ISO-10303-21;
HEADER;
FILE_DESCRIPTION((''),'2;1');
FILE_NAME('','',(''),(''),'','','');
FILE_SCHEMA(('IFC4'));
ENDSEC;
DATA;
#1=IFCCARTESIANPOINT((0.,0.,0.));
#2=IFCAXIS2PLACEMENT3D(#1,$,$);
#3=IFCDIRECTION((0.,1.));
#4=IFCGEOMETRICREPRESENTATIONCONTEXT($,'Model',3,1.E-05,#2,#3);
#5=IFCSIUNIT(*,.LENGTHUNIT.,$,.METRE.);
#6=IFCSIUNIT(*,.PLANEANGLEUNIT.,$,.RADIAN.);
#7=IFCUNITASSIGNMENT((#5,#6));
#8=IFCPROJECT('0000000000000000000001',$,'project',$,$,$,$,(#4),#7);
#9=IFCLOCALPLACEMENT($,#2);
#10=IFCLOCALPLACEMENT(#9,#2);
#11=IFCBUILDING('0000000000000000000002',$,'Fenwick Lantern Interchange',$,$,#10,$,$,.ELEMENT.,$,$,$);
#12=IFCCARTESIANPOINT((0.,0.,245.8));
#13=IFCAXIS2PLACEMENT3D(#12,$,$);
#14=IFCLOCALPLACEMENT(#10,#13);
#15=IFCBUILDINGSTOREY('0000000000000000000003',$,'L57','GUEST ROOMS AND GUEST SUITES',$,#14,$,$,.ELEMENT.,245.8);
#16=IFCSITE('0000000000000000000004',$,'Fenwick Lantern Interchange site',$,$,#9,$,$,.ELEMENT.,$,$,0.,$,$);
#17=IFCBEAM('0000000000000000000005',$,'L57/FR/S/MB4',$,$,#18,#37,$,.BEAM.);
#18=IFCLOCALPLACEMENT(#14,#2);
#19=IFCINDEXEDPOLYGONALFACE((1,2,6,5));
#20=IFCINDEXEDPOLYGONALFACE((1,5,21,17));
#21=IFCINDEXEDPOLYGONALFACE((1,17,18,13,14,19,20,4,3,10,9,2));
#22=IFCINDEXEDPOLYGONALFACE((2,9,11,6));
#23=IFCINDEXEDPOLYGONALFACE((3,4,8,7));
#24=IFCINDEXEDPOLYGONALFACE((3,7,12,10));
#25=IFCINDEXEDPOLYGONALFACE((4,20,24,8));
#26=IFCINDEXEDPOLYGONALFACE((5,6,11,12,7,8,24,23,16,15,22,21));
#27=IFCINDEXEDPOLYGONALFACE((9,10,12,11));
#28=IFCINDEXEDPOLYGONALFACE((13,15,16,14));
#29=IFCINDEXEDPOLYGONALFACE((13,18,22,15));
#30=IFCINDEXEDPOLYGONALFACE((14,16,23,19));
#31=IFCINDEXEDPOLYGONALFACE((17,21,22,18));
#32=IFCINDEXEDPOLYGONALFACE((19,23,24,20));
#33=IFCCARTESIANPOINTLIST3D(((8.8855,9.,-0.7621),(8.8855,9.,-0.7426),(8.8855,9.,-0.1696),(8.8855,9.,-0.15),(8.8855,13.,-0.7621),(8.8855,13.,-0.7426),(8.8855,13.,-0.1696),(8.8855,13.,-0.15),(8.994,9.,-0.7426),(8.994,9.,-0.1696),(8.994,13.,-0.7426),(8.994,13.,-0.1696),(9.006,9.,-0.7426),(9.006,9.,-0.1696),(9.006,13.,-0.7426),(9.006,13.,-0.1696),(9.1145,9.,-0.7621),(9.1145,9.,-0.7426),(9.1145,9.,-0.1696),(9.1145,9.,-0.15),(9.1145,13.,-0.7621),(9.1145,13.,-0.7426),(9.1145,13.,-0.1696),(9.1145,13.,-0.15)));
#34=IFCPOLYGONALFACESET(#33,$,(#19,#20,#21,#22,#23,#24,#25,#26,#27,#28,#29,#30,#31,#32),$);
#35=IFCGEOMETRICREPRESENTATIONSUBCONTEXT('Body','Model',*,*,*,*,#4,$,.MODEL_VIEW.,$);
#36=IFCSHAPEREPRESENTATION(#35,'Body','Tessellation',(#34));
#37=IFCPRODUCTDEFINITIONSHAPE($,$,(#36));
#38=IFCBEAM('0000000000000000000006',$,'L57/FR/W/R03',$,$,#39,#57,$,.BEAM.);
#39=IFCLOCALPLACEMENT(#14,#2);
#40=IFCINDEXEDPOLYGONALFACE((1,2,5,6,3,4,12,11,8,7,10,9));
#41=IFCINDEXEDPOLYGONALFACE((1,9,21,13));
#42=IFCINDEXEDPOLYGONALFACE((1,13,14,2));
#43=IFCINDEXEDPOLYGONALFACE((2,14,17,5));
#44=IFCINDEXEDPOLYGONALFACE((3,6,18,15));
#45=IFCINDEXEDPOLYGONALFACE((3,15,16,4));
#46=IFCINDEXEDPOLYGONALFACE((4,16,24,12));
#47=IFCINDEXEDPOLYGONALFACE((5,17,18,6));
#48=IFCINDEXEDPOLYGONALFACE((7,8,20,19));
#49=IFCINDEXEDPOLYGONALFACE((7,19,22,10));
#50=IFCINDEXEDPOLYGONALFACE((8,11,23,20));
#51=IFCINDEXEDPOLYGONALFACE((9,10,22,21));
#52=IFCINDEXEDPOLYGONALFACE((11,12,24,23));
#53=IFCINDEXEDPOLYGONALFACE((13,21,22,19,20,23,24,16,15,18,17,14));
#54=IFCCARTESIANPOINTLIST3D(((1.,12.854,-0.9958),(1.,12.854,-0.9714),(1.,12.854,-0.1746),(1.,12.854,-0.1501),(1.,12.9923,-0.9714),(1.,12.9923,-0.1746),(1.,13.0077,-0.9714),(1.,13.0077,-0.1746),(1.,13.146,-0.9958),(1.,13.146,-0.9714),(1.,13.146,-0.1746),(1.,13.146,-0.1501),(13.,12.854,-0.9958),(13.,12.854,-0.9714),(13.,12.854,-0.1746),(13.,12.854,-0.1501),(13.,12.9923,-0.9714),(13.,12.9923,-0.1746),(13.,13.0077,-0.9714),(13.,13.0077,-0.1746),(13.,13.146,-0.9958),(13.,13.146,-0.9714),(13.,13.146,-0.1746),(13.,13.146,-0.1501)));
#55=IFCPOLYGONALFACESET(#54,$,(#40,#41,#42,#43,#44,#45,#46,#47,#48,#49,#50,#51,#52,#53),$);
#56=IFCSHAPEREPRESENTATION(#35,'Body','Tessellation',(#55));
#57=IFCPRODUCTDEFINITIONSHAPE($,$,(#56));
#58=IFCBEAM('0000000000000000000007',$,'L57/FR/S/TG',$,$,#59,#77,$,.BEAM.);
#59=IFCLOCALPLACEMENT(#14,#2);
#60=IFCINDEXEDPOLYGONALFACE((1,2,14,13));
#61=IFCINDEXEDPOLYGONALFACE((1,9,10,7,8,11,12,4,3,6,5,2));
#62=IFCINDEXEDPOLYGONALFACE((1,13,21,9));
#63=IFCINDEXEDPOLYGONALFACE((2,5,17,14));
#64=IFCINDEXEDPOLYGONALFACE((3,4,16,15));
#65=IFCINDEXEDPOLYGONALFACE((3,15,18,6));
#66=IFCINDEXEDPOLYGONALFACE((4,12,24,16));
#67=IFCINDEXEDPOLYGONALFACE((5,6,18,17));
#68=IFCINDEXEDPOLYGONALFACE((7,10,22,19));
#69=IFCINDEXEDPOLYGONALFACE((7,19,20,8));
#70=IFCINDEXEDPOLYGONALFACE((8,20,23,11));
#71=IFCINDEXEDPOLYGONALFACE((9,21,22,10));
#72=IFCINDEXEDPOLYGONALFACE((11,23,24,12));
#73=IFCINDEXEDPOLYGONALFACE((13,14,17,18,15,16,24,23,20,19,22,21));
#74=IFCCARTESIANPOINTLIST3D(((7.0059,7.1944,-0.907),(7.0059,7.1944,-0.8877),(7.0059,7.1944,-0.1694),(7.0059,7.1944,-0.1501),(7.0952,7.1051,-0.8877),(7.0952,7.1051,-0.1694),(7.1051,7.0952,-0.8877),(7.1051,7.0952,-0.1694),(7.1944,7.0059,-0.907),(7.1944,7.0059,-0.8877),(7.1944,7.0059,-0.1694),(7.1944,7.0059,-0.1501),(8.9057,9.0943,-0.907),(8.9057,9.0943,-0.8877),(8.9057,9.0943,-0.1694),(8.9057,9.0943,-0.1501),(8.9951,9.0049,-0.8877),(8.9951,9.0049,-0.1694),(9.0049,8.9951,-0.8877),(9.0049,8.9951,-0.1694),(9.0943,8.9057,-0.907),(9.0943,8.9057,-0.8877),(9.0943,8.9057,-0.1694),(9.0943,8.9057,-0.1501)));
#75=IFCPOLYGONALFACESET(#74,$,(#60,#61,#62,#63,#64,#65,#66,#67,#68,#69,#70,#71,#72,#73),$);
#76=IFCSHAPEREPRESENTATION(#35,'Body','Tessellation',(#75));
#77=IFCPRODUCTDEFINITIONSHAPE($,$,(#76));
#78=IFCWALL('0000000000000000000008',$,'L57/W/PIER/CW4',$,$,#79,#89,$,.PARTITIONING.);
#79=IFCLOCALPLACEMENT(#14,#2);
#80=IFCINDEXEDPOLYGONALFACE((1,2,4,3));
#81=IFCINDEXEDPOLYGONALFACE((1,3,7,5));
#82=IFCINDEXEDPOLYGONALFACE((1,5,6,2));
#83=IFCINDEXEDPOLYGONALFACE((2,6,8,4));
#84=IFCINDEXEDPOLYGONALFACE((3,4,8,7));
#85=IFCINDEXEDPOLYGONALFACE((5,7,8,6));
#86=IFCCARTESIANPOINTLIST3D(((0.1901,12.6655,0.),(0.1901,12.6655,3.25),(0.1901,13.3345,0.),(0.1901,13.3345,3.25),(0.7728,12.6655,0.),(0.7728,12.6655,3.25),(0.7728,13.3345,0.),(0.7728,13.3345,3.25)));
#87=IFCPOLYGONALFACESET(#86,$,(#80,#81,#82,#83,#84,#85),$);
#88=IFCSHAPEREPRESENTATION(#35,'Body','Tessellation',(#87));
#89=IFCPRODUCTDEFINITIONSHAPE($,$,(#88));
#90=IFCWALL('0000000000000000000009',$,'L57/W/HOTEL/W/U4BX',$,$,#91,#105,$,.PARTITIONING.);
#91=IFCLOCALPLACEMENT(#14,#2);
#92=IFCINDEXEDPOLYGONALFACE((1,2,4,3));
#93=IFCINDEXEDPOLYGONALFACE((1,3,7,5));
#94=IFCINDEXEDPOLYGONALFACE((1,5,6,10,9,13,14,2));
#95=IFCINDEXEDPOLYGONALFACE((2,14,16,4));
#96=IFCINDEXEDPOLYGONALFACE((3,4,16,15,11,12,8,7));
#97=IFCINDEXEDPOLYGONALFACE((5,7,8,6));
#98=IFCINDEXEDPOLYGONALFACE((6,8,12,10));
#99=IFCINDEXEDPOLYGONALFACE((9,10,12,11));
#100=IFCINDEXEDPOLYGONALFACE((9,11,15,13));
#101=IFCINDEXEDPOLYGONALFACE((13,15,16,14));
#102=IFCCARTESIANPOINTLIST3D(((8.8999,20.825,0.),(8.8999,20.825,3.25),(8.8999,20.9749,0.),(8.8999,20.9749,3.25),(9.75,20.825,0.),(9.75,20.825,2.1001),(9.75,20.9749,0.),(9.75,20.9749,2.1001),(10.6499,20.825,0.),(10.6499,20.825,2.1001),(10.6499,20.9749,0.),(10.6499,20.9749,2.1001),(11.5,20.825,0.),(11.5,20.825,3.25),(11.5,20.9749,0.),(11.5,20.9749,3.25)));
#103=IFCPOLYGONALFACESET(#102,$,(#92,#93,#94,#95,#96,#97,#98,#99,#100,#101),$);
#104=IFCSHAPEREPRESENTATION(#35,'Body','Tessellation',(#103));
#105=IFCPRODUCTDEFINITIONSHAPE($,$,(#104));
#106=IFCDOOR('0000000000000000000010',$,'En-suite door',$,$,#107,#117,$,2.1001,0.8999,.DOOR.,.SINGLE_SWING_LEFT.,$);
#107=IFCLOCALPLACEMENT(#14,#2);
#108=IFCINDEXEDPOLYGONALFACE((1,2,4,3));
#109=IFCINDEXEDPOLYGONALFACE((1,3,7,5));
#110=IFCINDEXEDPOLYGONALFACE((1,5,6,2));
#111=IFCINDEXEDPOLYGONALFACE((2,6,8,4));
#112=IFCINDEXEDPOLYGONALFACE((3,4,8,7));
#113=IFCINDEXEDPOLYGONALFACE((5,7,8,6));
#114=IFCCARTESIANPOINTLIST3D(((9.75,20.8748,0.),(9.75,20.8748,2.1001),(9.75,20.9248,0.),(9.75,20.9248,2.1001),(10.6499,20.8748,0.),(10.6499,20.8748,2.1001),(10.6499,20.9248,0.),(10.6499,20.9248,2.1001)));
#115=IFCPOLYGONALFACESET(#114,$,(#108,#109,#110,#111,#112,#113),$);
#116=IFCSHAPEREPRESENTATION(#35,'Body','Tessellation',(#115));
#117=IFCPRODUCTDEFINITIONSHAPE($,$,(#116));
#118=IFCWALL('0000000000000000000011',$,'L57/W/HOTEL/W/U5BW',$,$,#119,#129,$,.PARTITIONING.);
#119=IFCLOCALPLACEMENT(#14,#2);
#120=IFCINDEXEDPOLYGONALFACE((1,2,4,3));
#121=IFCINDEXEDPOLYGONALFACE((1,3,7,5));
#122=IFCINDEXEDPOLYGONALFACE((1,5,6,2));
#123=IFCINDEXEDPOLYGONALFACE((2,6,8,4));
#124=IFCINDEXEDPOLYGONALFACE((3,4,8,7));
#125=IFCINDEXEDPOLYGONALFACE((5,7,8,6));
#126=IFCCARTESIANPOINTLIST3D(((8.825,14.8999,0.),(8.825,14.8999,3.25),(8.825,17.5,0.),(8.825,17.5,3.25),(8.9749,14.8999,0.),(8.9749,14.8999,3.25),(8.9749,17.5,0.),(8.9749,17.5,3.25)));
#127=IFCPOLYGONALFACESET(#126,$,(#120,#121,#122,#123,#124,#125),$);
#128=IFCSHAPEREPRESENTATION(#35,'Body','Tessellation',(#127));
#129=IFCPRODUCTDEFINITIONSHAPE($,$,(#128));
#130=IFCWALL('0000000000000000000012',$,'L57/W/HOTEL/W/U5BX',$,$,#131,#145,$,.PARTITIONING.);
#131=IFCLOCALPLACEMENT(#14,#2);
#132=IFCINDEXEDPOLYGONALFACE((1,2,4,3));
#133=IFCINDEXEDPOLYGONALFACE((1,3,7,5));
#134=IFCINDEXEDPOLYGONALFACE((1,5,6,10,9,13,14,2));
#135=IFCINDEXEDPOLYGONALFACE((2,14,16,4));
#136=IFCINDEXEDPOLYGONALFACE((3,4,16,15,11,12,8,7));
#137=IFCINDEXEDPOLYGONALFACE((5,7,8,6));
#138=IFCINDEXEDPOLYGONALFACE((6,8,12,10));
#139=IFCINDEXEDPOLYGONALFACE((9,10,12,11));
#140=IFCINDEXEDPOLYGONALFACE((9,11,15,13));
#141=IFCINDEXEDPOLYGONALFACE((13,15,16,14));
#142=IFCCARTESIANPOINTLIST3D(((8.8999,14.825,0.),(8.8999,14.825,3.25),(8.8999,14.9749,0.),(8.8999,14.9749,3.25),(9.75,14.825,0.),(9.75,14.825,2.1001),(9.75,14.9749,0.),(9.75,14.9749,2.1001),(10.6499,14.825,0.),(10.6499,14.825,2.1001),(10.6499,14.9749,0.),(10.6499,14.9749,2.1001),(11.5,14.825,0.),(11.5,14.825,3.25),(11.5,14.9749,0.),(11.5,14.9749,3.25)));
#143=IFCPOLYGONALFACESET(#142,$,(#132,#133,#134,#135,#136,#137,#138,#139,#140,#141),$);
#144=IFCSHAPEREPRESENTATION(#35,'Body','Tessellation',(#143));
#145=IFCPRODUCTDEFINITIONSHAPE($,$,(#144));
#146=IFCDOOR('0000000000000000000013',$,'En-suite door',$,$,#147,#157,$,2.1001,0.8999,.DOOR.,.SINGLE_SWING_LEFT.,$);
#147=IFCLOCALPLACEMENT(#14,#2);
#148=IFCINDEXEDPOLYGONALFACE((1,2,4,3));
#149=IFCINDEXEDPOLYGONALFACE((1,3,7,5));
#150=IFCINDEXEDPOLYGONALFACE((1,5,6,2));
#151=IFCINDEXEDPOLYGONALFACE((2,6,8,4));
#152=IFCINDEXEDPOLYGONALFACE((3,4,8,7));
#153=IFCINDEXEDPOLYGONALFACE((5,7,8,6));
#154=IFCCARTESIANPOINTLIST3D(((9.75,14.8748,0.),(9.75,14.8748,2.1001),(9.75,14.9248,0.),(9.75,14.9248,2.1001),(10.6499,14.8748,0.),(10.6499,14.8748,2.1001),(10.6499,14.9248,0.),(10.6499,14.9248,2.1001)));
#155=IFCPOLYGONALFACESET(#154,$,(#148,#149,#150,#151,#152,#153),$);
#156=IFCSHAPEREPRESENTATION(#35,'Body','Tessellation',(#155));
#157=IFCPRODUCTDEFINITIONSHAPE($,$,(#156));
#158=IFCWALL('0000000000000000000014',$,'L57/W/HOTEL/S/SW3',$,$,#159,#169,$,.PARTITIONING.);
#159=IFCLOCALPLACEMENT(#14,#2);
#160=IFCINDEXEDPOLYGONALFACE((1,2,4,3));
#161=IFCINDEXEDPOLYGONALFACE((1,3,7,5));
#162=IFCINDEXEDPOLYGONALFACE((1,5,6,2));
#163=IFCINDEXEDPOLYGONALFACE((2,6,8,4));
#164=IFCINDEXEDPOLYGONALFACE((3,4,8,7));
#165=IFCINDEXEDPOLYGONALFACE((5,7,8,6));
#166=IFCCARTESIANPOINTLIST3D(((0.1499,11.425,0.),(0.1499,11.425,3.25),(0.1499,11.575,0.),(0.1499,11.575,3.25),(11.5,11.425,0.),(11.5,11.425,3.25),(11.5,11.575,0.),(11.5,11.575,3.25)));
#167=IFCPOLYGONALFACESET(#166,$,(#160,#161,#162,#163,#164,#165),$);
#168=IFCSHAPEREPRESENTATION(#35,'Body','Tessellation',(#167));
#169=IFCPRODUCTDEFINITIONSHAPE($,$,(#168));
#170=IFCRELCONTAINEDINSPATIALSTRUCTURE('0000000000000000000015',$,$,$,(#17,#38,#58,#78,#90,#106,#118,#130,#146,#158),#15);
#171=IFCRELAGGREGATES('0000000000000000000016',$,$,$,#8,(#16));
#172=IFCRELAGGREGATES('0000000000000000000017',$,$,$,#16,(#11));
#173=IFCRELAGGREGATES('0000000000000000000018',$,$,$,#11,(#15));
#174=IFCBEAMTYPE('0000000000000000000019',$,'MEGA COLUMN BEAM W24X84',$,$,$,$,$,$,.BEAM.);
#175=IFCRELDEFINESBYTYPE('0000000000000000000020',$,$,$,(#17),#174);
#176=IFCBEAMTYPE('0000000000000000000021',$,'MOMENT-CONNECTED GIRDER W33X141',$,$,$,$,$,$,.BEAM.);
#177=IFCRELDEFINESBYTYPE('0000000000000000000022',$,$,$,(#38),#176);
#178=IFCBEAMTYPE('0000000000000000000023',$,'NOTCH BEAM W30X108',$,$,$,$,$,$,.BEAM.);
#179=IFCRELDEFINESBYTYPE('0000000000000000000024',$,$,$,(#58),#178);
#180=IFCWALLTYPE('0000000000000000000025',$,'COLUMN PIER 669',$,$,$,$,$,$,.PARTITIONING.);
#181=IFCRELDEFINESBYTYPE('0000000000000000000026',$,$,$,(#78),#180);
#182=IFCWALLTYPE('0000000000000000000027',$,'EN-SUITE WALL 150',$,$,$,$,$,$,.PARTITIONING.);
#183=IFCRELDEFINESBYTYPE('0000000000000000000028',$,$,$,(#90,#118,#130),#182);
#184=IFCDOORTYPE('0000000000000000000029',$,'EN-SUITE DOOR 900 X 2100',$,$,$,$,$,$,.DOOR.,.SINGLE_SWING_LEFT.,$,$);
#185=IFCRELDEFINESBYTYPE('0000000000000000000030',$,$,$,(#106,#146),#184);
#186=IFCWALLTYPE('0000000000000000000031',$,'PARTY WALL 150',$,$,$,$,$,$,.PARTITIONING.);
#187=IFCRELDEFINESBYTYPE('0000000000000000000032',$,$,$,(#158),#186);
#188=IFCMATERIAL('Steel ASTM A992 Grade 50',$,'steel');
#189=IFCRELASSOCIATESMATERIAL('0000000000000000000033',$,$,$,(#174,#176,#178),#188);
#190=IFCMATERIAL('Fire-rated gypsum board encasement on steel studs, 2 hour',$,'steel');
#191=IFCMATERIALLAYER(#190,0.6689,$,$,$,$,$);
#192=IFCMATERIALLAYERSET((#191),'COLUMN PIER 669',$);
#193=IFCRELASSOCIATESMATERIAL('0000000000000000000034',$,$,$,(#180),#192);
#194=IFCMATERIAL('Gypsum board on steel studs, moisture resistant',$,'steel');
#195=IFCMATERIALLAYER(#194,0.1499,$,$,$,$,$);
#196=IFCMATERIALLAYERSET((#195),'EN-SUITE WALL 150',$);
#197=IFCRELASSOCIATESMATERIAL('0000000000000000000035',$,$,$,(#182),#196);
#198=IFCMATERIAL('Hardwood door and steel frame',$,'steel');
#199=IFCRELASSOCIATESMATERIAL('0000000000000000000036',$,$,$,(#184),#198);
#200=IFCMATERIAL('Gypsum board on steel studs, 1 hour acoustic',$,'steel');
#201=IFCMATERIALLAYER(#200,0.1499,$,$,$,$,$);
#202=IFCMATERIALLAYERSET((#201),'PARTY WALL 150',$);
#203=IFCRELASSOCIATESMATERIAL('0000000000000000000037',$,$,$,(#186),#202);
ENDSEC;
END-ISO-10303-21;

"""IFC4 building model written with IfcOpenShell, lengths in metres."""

from ifc_helpers import new_model, si_unit, direction, frame, frame_2d, origin, origin_2d, place, context, subcontext, project, spatial, rectangle, i_section, extrude, material, layer, layer_set, material_profile, profile_set, type_object, element, fill, save


model = new_model("IFC4")

# Units and contexts
model_context = context("Model", 3, precision=1e-05, world=origin(), true_north=direction((0.0, 1.0)))
body_context = subcontext(model_context, "Body", "Model", "MODEL_VIEW")
ifc_project = project(units=[si_unit("LENGTHUNIT", "METRE"), si_unit("PLANEANGLEUNIT", "RADIAN")], contexts=[model_context])

# Site, building, storey
site_placement = place(None, origin())
site = spatial("IfcSite", under=ifc_project, at=site_placement, Name="Fenwick Lantern Interchange site", CompositionType="ELEMENT", RefElevation=0.0)
building_placement = place(site_placement, origin())
building = spatial("IfcBuilding", under=site, at=building_placement, Name="Fenwick Lantern Interchange", CompositionType="ELEMENT")
storey_placement = place(building_placement, frame((0.0, 0.0, 245.8)))
storey = spatial("IfcBuildingStorey", under=building, at=storey_placement, Name="L57", Description="GUEST ROOMS AND GUEST SUITES", CompositionType="ELEMENT", Elevation=245.8)

# Shared definitions
ifc_material_1 = material(Name="Steel ASTM A992 Grade 50", Category="steel")

# Beams
ifc_material_profile_1 = material_profile(ifc_material_1, i_section(OverallWidth=0.229, OverallDepth=0.6121, WebThickness=0.012, FlangeThickness=0.0195, at=origin_2d()), Name="W24X84")
ifc_profile_set_1 = profile_set([ifc_material_profile_1], Name="Steel ASTM A992 Grade 50")
beam_type_1 = type_object("IfcBeamType", Name="MEGA COLUMN BEAM W24X84", PredefinedType="BEAM", material=ifc_profile_set_1)
for number, where, z_axis, x_axis, name in (
    (1, (9.0, 9.0, -0.4561), (0.0, 1.0, 0.0), (-1.0, 0.0, 0.0), "L57/FR/S/MB4"),
):
    element("IfcBeam", number, at=place(storey_placement, frame(where, z_axis=z_axis, x_axis=x_axis)), inside=storey, type_object=beam_type_1, Name=name, PredefinedType="BEAM", context=body_context, shape_type="SweptSolid", body=[
        extrude(i_section(OverallWidth=0.229, OverallDepth=0.6121, WebThickness=0.012, FlangeThickness=0.0195, at=origin_2d()), origin(), (0.0, 0.0, 1.0), 4.0),
    ])
ifc_material_profile_2 = material_profile(ifc_material_1, i_section(OverallWidth=0.292, OverallDepth=0.8457, WebThickness=0.0154, FlangeThickness=0.0244, at=origin_2d()), Name="W33X141")
ifc_profile_set_2 = profile_set([ifc_material_profile_2], Name="Steel ASTM A992 Grade 50")
beam_type_2 = type_object("IfcBeamType", Name="MOMENT-CONNECTED GIRDER W33X141", PredefinedType="BEAM", material=ifc_profile_set_2)
beam_1_placement = place(storey_placement, frame((1.0, 13.0, -0.573), z_axis=(1.0, 0.0, 0.0), x_axis=(0.0, 1.0, 0.0)))
element("IfcBeam", 2, at=beam_1_placement, inside=storey, type_object=beam_type_2, Name="L57/FR/W/R03", PredefinedType="BEAM", context=body_context, shape_type="SweptSolid", body=[
    extrude(i_section(OverallWidth=0.292, OverallDepth=0.8457, WebThickness=0.0154, FlangeThickness=0.0244, at=origin_2d()), origin(), (0.0, 0.0, 1.0), 12.0),
])
ifc_material_profile_3 = material_profile(ifc_material_1, i_section(OverallWidth=0.2666, OverallDepth=0.7568, WebThickness=0.0139, FlangeThickness=0.0193, at=origin_2d()), Name="W30X108")
ifc_profile_set_3 = profile_set([ifc_material_profile_3], Name="Steel ASTM A992 Grade 50")
beam_type_3 = type_object("IfcBeamType", Name="NOTCH BEAM W30X108", PredefinedType="BEAM", material=ifc_profile_set_3)
beam_2_placement = place(storey_placement, frame((9.0, 9.0, -0.5286), z_axis=(-0.707107, -0.707107, 0.0), x_axis=(0.707107, -0.707107, 0.0)))
element("IfcBeam", 3, at=beam_2_placement, inside=storey, type_object=beam_type_3, Name="L57/FR/S/TG", PredefinedType="BEAM", context=body_context, shape_type="SweptSolid", body=[
    extrude(i_section(OverallWidth=0.2666, OverallDepth=0.7568, WebThickness=0.0139, FlangeThickness=0.0193, at=origin_2d()), origin(), (0.0, 0.0, 1.0), 2.6868),
])

# Wall
ifc_material_2 = material(Name="Fire-rated gypsum board encasement on steel studs, 2 hour", Category="steel")
ifc_layer_1 = layer(ifc_material_2, 0.6689)
ifc_layer_set_1 = layer_set([ifc_layer_1], Name="COLUMN PIER 669")
wall_type_1 = type_object("IfcWallType", Name="COLUMN PIER 669", PredefinedType="PARTITIONING", material=ifc_layer_set_1)
wall_1_placement = place(storey_placement, frame((0.1899, 13.0, 0.0), z_axis=(0.0, 0.0, 1.0), x_axis=(1.0, 0.0, 0.0)))
element("IfcWall", 4, at=wall_1_placement, inside=storey, type_object=wall_type_1, Name="L57/W/PIER/CW4", PredefinedType="PARTITIONING", context=body_context, shape_type="SweptSolid", body=[
    extrude(rectangle(XDim=0.5828, YDim=0.6689, at=frame_2d((0.2915, 0.0))), origin(), (0.0, 0.0, 1.0), 3.25),
])

# Wall, opening, door
ifc_material_3 = material(Name="Gypsum board on steel studs, moisture resistant", Category="steel")
ifc_layer_2 = layer(ifc_material_3, 0.1499)
ifc_layer_set_2 = layer_set([ifc_layer_2], Name="EN-SUITE WALL 150")
wall_type_2 = type_object("IfcWallType", Name="EN-SUITE WALL 150", PredefinedType="PARTITIONING", material=ifc_layer_set_2)
wall_2_placement = place(storey_placement, frame((8.8999, 20.8999, 0.0), z_axis=(0.0, 0.0, 1.0), x_axis=(1.0, 0.0, 0.0)))
wall_2 = element("IfcWall", 5, at=wall_2_placement, inside=storey, type_object=wall_type_2, Name="L57/W/HOTEL/W/U4BX", PredefinedType="PARTITIONING", context=body_context, shape_type="SweptSolid", body=[
    extrude(rectangle(XDim=2.6001, YDim=0.1499, at=frame_2d((1.3, 0.0))), origin(), (0.0, 0.0, 1.0), 3.25),
])
opening_1_placement = place(wall_2_placement, frame((0.8501, 0.0, 0.0)))
opening_1 = element("IfcOpeningElement", 6, at=opening_1_placement, cuts=wall_2, PredefinedType="OPENING", context=body_context, shape_type="SweptSolid", body=[
    extrude(rectangle(XDim=0.8999, YDim=2.1001, at=frame_2d((0.45, 1.05))), frame((0.0, 0.085, 0.0), z_axis=(0.0, -1.0, 0.0), x_axis=(1.0, 0.0, 0.0)), (0.0, 0.0, 1.0), 0.1699),
])
ifc_material_4 = material(Name="Hardwood door and steel frame", Category="steel")
door_type = type_object("IfcDoorType", Name="EN-SUITE DOOR 900 X 2100", OperationType="SINGLE_SWING_LEFT", PredefinedType="DOOR", material=ifc_material_4)
door_1_placement = place(opening_1_placement, origin())
door_1 = element("IfcDoor", 7, at=door_1_placement, inside=storey, type_object=door_type, Name="En-suite door", OperationType="SINGLE_SWING_LEFT", OverallHeight=2.1001, OverallWidth=0.8999, PredefinedType="DOOR", context=body_context, shape_type="SweptSolid", body=[
    extrude(rectangle(XDim=0.8999, YDim=2.1001, at=frame_2d((0.45, 1.05))), frame((0.0, 0.0249, 0.0), z_axis=(0.0, -1.0, 0.0), x_axis=(1.0, 0.0, 0.0)), (0.0, 0.0, 1.0), 0.05),
])
fill(opening_1, door_1)

# Wall
wall_3_placement = place(storey_placement, frame((8.8999, 17.5, 0.0), z_axis=(0.0, 0.0, 1.0), x_axis=(0.0, -1.0, 0.0)))
element("IfcWall", 8, at=wall_3_placement, inside=storey, type_object=wall_type_2, Name="L57/W/HOTEL/W/U5BW", PredefinedType="PARTITIONING", context=body_context, shape_type="SweptSolid", body=[
    extrude(rectangle(XDim=2.6001, YDim=0.1499, at=frame_2d((1.3, 0.0))), origin(), (0.0, 0.0, 1.0), 3.25),
])

# Wall, opening, door
wall_4_placement = place(storey_placement, frame((8.8999, 14.8999, 0.0), z_axis=(0.0, 0.0, 1.0), x_axis=(1.0, 0.0, 0.0)))
wall_4 = element("IfcWall", 9, at=wall_4_placement, inside=storey, type_object=wall_type_2, Name="L57/W/HOTEL/W/U5BX", PredefinedType="PARTITIONING", context=body_context, shape_type="SweptSolid", body=[
    extrude(rectangle(XDim=2.6001, YDim=0.1499, at=frame_2d((1.3, 0.0))), origin(), (0.0, 0.0, 1.0), 3.25),
])
opening_2_placement = place(wall_4_placement, frame((0.8501, 0.0, 0.0)))
opening_2 = element("IfcOpeningElement", 10, at=opening_2_placement, cuts=wall_4, PredefinedType="OPENING", context=body_context, shape_type="SweptSolid", body=[
    extrude(rectangle(XDim=0.8999, YDim=2.1001, at=frame_2d((0.45, 1.05))), frame((0.0, 0.085, 0.0), z_axis=(0.0, -1.0, 0.0), x_axis=(1.0, 0.0, 0.0)), (0.0, 0.0, 1.0), 0.1699),
])
door_2_placement = place(opening_2_placement, origin())
door_2 = element("IfcDoor", 11, at=door_2_placement, inside=storey, type_object=door_type, Name="En-suite door", OperationType="SINGLE_SWING_LEFT", OverallHeight=2.1001, OverallWidth=0.8999, PredefinedType="DOOR", context=body_context, shape_type="SweptSolid", body=[
    extrude(rectangle(XDim=0.8999, YDim=2.1001, at=frame_2d((0.45, 1.05))), frame((0.0, 0.0249, 0.0), z_axis=(0.0, -1.0, 0.0), x_axis=(1.0, 0.0, 0.0)), (0.0, 0.0, 1.0), 0.05),
])
fill(opening_2, door_2)

# Wall
ifc_material_5 = material(Name="Gypsum board on steel studs, 1 hour acoustic", Category="steel")
ifc_layer_3 = layer(ifc_material_5, 0.1499)
ifc_layer_set_3 = layer_set([ifc_layer_3], Name="PARTY WALL 150")
wall_type_3 = type_object("IfcWallType", Name="PARTY WALL 150", PredefinedType="PARTITIONING", material=ifc_layer_set_3)
for number, where, z_axis, x_axis, name in (
    (12, (0.1499, 11.5, 0.0), (0.0, 0.0, 1.0), (1.0, 0.0, 0.0), "L57/W/HOTEL/S/SW3"),
):
    element("IfcWall", number, at=place(storey_placement, frame(where, z_axis=z_axis, x_axis=x_axis)), inside=storey, type_object=wall_type_3, Name=name, PredefinedType="PARTITIONING", context=body_context, shape_type="SweptSolid", body=[
        extrude(rectangle(XDim=11.3501, YDim=0.1499, at=frame_2d((5.675, 0.0))), origin(), (0.0, 0.0, 1.0), 3.25),
    ])

save(model, "model.ifc")
